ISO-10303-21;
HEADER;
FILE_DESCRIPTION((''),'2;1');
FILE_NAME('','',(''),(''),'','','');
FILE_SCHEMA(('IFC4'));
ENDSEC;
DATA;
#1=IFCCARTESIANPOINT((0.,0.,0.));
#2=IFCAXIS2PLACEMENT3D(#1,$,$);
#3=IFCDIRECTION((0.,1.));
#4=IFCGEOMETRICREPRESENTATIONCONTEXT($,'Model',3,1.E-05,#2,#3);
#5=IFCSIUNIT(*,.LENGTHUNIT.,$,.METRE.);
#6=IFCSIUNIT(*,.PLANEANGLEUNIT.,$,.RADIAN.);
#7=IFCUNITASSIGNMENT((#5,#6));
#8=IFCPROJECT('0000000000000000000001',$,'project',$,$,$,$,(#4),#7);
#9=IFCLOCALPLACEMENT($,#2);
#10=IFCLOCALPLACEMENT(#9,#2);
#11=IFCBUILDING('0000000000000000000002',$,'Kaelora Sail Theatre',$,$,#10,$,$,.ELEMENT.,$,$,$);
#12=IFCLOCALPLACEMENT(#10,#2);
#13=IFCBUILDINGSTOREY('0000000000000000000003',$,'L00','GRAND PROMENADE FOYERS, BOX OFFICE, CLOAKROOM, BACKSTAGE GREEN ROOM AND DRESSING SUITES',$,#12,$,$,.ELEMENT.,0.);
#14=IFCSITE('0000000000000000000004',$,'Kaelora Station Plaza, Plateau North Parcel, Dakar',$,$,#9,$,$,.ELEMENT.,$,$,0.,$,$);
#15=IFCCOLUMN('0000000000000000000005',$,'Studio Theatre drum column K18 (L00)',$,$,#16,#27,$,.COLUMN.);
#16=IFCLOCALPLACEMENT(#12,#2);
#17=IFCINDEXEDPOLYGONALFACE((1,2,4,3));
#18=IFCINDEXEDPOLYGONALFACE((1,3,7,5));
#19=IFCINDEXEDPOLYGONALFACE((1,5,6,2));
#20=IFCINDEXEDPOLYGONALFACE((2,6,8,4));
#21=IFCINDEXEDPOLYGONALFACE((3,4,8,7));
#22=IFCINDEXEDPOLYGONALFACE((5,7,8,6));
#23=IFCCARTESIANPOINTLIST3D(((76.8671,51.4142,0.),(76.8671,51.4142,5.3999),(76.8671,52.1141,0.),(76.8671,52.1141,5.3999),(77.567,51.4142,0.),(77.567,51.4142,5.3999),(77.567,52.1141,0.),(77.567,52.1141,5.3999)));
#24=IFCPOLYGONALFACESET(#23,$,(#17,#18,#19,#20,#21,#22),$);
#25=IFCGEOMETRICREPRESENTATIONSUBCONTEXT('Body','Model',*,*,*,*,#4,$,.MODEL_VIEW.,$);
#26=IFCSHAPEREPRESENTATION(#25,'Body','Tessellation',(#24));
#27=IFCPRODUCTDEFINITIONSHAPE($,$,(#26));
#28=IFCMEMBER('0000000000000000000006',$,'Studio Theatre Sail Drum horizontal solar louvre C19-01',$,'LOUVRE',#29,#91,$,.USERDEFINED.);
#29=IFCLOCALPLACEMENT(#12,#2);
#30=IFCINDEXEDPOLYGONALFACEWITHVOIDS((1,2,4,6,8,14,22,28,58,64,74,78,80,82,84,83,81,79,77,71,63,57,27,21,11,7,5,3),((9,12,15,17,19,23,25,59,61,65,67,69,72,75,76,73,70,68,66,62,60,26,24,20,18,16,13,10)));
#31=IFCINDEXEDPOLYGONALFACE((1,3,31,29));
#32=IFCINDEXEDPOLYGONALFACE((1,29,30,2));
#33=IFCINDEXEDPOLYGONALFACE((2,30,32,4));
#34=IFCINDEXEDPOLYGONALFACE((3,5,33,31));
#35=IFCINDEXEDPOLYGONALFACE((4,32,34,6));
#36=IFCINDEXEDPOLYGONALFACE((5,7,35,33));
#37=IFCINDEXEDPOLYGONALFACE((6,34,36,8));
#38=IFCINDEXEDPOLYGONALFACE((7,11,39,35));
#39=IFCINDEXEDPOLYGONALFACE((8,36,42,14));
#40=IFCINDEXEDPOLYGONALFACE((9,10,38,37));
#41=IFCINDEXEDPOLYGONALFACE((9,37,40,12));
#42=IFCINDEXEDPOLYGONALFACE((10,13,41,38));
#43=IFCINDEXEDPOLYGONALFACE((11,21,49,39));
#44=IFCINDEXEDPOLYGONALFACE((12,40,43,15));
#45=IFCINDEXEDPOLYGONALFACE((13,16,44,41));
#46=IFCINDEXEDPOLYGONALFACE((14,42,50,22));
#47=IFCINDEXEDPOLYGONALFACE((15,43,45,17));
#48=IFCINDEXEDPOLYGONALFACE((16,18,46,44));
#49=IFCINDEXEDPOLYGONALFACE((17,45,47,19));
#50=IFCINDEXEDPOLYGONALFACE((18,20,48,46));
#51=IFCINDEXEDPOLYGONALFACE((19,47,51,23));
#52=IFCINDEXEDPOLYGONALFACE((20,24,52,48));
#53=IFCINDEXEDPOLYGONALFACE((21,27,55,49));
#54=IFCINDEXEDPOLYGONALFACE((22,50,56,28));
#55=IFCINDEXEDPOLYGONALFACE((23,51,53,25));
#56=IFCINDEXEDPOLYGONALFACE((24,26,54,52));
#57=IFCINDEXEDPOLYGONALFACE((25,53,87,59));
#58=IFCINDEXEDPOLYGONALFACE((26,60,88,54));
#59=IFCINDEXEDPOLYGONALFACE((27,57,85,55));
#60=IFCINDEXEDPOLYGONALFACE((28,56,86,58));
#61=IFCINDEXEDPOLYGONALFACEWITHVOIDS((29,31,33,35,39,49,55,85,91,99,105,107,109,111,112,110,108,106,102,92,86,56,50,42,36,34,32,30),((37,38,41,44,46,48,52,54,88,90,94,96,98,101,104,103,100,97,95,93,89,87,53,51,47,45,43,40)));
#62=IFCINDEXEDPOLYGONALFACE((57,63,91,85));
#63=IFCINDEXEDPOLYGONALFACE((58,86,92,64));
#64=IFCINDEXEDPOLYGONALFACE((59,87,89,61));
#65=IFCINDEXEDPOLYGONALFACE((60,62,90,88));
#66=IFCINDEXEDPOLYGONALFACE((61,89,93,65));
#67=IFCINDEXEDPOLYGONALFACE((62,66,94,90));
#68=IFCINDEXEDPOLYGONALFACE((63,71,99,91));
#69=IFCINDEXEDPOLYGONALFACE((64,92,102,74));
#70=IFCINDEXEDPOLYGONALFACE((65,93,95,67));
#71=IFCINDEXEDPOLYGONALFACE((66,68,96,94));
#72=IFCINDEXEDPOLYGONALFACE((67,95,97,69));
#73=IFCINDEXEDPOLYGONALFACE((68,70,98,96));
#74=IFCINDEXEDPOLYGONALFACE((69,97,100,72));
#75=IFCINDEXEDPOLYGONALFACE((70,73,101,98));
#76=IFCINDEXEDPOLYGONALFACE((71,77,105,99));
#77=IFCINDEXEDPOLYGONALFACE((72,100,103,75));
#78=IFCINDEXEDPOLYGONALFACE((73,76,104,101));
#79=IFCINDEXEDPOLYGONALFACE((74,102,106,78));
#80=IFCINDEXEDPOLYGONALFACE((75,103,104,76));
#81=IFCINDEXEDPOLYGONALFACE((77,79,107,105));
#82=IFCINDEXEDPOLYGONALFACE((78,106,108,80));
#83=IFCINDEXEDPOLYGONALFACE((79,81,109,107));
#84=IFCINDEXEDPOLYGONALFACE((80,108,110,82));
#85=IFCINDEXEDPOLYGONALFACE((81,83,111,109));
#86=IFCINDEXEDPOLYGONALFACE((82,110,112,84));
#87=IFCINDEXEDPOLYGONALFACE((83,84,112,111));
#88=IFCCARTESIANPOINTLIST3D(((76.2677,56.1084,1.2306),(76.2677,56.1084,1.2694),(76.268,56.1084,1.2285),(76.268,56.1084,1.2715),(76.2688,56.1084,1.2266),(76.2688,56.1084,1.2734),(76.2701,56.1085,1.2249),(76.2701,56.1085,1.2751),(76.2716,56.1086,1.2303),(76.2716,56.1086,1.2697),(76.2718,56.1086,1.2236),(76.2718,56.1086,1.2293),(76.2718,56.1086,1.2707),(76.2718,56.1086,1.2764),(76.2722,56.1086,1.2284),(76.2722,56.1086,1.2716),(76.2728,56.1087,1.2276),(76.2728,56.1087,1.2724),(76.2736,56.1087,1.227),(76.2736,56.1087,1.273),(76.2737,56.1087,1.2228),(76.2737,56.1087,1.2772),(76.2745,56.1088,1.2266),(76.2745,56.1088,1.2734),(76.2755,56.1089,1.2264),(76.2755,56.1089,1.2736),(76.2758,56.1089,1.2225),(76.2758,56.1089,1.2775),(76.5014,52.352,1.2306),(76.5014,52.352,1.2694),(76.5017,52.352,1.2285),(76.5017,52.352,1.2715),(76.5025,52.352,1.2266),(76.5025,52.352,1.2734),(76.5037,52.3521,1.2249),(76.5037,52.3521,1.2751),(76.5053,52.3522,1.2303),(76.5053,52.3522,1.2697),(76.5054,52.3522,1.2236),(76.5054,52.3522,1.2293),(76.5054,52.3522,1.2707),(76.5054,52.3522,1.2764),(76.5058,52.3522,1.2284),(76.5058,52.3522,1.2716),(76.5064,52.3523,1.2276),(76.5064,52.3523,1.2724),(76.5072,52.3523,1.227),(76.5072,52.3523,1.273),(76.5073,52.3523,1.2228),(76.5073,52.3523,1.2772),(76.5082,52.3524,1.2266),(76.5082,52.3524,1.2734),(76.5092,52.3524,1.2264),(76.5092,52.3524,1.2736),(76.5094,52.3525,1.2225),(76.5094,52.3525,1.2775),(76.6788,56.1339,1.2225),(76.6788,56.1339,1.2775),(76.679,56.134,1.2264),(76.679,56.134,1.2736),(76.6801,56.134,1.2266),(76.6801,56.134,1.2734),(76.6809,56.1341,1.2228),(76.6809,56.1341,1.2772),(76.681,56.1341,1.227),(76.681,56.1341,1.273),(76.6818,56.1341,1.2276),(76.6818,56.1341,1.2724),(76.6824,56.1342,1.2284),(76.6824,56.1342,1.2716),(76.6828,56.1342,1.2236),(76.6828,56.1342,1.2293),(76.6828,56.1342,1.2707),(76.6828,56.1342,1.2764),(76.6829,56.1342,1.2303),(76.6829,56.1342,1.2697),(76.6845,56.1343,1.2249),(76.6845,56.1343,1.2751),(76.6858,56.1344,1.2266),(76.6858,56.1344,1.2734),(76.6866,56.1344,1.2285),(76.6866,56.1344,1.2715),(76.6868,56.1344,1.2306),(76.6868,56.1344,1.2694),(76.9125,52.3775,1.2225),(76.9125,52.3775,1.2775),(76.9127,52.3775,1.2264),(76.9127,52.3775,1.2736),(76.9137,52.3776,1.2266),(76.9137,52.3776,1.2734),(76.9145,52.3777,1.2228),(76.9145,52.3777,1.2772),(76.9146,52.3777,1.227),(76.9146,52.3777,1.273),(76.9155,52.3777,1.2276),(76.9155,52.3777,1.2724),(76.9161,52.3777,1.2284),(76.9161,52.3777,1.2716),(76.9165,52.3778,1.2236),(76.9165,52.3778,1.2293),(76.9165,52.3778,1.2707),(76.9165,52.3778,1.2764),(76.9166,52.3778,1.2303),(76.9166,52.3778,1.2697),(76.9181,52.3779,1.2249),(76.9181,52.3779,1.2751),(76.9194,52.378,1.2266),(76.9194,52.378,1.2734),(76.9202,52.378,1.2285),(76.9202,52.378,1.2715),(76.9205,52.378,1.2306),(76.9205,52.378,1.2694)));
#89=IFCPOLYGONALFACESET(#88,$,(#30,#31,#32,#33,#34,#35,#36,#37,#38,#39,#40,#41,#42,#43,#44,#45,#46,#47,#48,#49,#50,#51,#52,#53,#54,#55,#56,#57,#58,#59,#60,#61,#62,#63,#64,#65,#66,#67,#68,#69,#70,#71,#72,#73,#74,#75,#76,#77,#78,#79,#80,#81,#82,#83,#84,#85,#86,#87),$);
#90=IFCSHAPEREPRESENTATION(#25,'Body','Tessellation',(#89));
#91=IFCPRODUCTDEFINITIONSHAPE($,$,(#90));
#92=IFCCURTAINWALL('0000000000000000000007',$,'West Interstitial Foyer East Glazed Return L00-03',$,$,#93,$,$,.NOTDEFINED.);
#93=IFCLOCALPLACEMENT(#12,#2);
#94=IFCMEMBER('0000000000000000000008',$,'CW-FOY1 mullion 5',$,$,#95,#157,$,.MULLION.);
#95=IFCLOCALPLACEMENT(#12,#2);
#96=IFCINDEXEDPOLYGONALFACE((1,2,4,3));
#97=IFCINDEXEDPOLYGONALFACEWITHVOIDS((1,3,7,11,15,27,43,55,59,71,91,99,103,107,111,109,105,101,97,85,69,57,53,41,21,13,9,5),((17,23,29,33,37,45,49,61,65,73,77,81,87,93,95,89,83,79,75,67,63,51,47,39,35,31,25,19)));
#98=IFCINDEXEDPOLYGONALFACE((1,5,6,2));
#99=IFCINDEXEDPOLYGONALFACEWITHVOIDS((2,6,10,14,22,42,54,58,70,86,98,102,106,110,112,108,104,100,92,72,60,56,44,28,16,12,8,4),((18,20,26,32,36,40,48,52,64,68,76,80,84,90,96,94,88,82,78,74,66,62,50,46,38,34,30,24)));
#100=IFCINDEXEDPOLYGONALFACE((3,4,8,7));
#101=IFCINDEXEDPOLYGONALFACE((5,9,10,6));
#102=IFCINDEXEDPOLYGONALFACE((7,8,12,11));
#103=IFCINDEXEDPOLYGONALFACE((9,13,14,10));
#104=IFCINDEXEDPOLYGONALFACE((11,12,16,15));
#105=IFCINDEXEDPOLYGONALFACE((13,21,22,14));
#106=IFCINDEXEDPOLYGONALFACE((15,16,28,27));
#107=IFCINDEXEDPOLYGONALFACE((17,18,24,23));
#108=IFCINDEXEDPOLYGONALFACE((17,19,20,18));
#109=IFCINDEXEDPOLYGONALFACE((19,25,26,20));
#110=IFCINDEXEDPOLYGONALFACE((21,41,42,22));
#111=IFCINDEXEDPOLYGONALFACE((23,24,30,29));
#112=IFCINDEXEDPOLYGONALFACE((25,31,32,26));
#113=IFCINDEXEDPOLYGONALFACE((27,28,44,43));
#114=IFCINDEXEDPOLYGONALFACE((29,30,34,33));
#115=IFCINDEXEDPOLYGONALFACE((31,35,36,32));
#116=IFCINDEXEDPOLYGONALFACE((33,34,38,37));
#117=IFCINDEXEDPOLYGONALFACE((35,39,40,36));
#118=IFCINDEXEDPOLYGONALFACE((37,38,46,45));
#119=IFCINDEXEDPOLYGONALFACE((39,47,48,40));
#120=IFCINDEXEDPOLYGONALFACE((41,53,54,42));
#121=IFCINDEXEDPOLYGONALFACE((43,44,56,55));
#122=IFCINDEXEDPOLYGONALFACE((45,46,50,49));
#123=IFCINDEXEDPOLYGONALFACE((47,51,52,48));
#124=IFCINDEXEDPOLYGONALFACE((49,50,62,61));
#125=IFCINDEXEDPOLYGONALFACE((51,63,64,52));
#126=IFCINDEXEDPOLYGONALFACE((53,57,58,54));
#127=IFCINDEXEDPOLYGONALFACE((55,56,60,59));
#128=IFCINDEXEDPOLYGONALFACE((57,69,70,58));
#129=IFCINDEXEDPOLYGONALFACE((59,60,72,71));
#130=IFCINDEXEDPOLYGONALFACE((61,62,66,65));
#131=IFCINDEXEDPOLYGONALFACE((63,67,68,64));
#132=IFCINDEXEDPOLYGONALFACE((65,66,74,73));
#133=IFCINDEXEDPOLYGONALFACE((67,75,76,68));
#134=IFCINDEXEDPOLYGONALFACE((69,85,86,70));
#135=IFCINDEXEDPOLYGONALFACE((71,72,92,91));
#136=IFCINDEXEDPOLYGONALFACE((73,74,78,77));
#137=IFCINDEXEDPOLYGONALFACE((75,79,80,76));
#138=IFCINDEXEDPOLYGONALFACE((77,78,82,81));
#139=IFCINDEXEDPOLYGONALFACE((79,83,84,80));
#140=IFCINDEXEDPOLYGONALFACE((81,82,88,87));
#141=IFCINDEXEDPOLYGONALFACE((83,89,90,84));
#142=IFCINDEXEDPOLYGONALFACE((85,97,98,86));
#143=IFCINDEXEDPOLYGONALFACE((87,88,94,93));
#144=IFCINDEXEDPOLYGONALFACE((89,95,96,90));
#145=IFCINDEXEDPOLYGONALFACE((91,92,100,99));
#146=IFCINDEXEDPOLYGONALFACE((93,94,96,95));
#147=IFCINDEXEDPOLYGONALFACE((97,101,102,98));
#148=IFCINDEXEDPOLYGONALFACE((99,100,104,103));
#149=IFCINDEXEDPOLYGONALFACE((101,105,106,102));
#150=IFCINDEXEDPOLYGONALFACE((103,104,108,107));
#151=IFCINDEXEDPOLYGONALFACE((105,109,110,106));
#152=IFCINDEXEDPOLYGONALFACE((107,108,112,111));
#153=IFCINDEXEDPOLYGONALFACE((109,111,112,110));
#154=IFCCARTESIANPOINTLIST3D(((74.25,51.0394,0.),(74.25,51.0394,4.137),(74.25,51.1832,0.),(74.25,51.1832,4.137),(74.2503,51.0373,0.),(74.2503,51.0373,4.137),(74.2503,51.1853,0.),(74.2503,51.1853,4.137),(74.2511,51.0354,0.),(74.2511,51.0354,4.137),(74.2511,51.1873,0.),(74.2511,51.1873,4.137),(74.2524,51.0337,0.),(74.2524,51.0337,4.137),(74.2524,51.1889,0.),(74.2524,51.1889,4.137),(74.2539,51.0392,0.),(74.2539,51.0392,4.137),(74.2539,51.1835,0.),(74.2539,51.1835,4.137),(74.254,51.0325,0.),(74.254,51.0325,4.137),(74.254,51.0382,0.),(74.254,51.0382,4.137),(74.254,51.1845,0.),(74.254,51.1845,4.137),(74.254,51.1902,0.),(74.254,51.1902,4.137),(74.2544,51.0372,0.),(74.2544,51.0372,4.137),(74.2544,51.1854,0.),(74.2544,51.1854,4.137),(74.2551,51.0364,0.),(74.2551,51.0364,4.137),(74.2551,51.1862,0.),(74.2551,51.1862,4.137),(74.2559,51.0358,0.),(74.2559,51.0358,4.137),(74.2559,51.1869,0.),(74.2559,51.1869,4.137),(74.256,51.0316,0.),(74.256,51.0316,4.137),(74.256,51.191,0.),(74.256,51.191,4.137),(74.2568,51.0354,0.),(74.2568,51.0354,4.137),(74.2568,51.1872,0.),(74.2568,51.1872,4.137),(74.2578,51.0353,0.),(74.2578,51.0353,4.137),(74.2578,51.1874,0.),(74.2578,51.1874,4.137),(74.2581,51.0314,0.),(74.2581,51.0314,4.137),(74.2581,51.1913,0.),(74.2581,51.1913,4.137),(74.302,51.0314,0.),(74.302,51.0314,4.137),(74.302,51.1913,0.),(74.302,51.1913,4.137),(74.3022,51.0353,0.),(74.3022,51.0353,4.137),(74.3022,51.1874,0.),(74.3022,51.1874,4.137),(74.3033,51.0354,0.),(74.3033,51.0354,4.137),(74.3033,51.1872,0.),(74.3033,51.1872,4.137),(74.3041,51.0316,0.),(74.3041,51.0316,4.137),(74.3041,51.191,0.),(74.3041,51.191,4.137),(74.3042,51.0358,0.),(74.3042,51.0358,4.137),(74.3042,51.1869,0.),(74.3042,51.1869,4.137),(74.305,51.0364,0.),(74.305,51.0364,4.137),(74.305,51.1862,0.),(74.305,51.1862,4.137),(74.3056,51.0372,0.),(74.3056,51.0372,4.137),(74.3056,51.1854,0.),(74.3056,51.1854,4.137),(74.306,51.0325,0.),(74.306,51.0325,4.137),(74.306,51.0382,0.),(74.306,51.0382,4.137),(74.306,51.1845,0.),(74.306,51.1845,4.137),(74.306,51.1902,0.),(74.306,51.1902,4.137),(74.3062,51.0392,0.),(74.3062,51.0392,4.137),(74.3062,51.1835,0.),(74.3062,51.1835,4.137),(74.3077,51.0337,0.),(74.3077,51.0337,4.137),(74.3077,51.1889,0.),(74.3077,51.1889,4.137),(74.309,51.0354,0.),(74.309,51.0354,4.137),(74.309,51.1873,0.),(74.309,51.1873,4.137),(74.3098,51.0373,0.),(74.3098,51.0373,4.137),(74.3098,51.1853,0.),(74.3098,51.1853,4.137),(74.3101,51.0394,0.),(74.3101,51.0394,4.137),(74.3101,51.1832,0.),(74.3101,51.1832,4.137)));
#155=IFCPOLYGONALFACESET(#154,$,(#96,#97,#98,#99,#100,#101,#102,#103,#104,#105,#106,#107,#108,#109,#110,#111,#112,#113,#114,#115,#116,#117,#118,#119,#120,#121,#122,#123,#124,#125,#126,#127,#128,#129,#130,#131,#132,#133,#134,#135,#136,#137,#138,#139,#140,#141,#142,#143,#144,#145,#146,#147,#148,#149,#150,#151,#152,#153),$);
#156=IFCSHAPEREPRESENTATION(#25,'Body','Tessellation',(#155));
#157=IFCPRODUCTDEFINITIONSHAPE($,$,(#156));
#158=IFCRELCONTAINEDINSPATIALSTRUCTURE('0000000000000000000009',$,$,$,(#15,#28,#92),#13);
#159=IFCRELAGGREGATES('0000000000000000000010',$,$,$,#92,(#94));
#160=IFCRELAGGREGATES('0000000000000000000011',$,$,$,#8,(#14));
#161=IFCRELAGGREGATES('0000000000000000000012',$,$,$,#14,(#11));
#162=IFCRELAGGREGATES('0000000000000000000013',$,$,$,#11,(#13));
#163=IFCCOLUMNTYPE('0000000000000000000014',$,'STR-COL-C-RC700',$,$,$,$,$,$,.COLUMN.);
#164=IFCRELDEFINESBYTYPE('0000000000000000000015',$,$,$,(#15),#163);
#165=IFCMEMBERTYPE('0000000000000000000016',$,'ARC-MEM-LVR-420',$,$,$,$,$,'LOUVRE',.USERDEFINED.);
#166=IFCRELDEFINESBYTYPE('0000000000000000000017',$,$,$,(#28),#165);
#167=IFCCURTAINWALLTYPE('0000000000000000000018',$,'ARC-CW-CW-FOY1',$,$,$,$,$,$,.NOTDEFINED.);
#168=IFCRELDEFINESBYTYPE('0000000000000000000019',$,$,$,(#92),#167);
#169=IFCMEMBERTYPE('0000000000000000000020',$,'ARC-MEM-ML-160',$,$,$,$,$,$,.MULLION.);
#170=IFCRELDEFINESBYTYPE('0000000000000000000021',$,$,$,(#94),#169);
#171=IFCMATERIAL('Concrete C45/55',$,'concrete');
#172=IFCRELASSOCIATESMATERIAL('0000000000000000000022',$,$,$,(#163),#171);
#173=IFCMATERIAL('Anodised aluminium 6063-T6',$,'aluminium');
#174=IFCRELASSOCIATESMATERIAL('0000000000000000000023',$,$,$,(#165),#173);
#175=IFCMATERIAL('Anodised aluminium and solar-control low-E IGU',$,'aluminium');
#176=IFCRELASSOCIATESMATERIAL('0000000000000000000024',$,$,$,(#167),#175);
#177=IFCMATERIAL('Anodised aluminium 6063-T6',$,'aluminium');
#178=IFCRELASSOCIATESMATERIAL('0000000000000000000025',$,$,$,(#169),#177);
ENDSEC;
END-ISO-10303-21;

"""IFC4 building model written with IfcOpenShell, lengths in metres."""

from ifc_helpers import new_model, si_unit, direction, frame, origin, origin_2d, place, context, subcontext, project, spatial, rectangle, hollow_rectangle, extrude, material, material_profile, profile_set, type_object, element, aggregate, save


model = new_model("IFC4")

# Units and contexts
model_context = context("Model", 3, precision=1e-05, world=origin(), true_north=direction((0.0, 1.0)))
body_context = subcontext(model_context, "Body", "Model", "MODEL_VIEW")
ifc_project = project(units=[si_unit("LENGTHUNIT", "METRE"), si_unit("PLANEANGLEUNIT", "RADIAN")], contexts=[model_context])

# Site, building, storey
site_placement = place(None, origin())
site = spatial("IfcSite", under=ifc_project, at=site_placement, Name="Kaelora Station Plaza, Plateau North Parcel, Dakar", CompositionType="ELEMENT", RefElevation=0.0)
building_placement = place(site_placement, origin())
building = spatial("IfcBuilding", under=site, at=building_placement, Name="Kaelora Sail Theatre", CompositionType="ELEMENT")
storey_placement = place(building_placement, origin())
storey = spatial("IfcBuildingStorey", under=building, at=storey_placement, Name="L00", Description="GRAND PROMENADE FOYERS, BOX OFFICE, CLOAKROOM, BACKSTAGE GREEN ROOM AND DRESSING SUITES", CompositionType="ELEMENT", Elevation=0.0)

# Column
ifc_material_1 = material(Name="Concrete C45/55", Category="concrete")
ifc_material_profile_1 = material_profile(ifc_material_1, rectangle(XDim=0.7, YDim=0.7, at=origin_2d()), Name="RC-COL 700x700")
ifc_profile_set_1 = profile_set([ifc_material_profile_1], Name="Concrete C45/55")
column_type = type_object("IfcColumnType", Name="STR-COL-C-RC700", PredefinedType="COLUMN", material=ifc_profile_set_1)
column_placement = place(storey_placement, frame((77.217, 51.7642, 0.0), z_axis=(0.0, 0.0, 1.0), x_axis=(1.0, 0.0, 0.0)))
element("IfcColumn", 1, at=column_placement, inside=storey, type_object=column_type, Name="Studio Theatre drum column K18 (L00)", PredefinedType="COLUMN", context=body_context, shape_type="SweptSolid", body=[
    extrude(rectangle(XDim=0.7, YDim=0.7, at=origin_2d()), origin(), (0.0, 0.0, 1.0), 5.3999),
])

# Member
ifc_material_2 = material(Name="Anodised aluminium 6063-T6", Category="aluminium")
ifc_material_profile_2 = material_profile(ifc_material_2, hollow_rectangle(XDim=0.4199, YDim=0.0549, WallThickness=0.0039, InnerFilletRadius=0.0039, OuterFilletRadius=0.0081, at=origin_2d()), Name="LOUVRE 420x55x4")
ifc_profile_set_2 = profile_set([ifc_material_profile_2], Name="Anodised aluminium 6063-T6")
member_type_1 = type_object("IfcMemberType", Name="ARC-MEM-LVR-420", ElementType="LOUVRE", PredefinedType="USERDEFINED", material=ifc_profile_set_2)
member_1_placement = place(storey_placement, frame((76.7109, 52.365, 1.25), z_axis=(-0.062079, 0.998071, 0.0), x_axis=(-0.998071, -0.062079, 0.0)))
element("IfcMember", 2, at=member_1_placement, inside=storey, type_object=member_type_1, Name="Studio Theatre Sail Drum horizontal solar louvre C19-01", ObjectType="LOUVRE", PredefinedType="USERDEFINED", context=body_context, shape_type="SweptSolid", body=[
    extrude(hollow_rectangle(XDim=0.4199, YDim=0.0549, WallThickness=0.0039, InnerFilletRadius=0.0039, OuterFilletRadius=0.0081, at=origin_2d()), origin(), (0.0, 0.0, 1.0), 3.7637),
])

# Curtain wall, member
ifc_material_3 = material(Name="Anodised aluminium and solar-control low-E IGU", Category="aluminium")
curtain_wall_type = type_object("IfcCurtainWallType", Name="ARC-CW-CW-FOY1", PredefinedType="NOTDEFINED", material=ifc_material_3)
curtain_wall_placement = place(storey_placement, origin())
curtain_wall = element("IfcCurtainWall", 3, at=curtain_wall_placement, inside=storey, type_object=curtain_wall_type, Name="West Interstitial Foyer East Glazed Return L00-03", PredefinedType="NOTDEFINED")
ifc_material_4 = material(Name="Anodised aluminium 6063-T6", Category="aluminium")
ifc_material_profile_3 = material_profile(ifc_material_4, hollow_rectangle(XDim=0.0601, YDim=0.1599, WallThickness=0.0039, InnerFilletRadius=0.0039, OuterFilletRadius=0.0081, at=origin_2d()), Name="ALU-MULL 60x160x4")
ifc_profile_set_3 = profile_set([ifc_material_profile_3], Name="Anodised aluminium 6063-T6")
member_type_2 = type_object("IfcMemberType", Name="ARC-MEM-ML-160", PredefinedType="MULLION", material=ifc_profile_set_3)
member_2_placement = place(storey_placement, frame((74.28, 51.1113, 0.0), z_axis=(0.0, 0.0, 1.0), x_axis=(-1.0, 0.0, 0.0)))
member_2 = element("IfcMember", 4, at=member_2_placement, type_object=member_type_2, Name="CW-FOY1 mullion 5", PredefinedType="MULLION", context=body_context, shape_type="SweptSolid", body=[
    extrude(hollow_rectangle(XDim=0.0601, YDim=0.1599, WallThickness=0.0039, InnerFilletRadius=0.0039, OuterFilletRadius=0.0081, at=origin_2d()), origin(), (0.0, 0.0, 1.0), 4.137),
])

aggregate(curtain_wall, [member_2])

save(model, "model.ifc")
